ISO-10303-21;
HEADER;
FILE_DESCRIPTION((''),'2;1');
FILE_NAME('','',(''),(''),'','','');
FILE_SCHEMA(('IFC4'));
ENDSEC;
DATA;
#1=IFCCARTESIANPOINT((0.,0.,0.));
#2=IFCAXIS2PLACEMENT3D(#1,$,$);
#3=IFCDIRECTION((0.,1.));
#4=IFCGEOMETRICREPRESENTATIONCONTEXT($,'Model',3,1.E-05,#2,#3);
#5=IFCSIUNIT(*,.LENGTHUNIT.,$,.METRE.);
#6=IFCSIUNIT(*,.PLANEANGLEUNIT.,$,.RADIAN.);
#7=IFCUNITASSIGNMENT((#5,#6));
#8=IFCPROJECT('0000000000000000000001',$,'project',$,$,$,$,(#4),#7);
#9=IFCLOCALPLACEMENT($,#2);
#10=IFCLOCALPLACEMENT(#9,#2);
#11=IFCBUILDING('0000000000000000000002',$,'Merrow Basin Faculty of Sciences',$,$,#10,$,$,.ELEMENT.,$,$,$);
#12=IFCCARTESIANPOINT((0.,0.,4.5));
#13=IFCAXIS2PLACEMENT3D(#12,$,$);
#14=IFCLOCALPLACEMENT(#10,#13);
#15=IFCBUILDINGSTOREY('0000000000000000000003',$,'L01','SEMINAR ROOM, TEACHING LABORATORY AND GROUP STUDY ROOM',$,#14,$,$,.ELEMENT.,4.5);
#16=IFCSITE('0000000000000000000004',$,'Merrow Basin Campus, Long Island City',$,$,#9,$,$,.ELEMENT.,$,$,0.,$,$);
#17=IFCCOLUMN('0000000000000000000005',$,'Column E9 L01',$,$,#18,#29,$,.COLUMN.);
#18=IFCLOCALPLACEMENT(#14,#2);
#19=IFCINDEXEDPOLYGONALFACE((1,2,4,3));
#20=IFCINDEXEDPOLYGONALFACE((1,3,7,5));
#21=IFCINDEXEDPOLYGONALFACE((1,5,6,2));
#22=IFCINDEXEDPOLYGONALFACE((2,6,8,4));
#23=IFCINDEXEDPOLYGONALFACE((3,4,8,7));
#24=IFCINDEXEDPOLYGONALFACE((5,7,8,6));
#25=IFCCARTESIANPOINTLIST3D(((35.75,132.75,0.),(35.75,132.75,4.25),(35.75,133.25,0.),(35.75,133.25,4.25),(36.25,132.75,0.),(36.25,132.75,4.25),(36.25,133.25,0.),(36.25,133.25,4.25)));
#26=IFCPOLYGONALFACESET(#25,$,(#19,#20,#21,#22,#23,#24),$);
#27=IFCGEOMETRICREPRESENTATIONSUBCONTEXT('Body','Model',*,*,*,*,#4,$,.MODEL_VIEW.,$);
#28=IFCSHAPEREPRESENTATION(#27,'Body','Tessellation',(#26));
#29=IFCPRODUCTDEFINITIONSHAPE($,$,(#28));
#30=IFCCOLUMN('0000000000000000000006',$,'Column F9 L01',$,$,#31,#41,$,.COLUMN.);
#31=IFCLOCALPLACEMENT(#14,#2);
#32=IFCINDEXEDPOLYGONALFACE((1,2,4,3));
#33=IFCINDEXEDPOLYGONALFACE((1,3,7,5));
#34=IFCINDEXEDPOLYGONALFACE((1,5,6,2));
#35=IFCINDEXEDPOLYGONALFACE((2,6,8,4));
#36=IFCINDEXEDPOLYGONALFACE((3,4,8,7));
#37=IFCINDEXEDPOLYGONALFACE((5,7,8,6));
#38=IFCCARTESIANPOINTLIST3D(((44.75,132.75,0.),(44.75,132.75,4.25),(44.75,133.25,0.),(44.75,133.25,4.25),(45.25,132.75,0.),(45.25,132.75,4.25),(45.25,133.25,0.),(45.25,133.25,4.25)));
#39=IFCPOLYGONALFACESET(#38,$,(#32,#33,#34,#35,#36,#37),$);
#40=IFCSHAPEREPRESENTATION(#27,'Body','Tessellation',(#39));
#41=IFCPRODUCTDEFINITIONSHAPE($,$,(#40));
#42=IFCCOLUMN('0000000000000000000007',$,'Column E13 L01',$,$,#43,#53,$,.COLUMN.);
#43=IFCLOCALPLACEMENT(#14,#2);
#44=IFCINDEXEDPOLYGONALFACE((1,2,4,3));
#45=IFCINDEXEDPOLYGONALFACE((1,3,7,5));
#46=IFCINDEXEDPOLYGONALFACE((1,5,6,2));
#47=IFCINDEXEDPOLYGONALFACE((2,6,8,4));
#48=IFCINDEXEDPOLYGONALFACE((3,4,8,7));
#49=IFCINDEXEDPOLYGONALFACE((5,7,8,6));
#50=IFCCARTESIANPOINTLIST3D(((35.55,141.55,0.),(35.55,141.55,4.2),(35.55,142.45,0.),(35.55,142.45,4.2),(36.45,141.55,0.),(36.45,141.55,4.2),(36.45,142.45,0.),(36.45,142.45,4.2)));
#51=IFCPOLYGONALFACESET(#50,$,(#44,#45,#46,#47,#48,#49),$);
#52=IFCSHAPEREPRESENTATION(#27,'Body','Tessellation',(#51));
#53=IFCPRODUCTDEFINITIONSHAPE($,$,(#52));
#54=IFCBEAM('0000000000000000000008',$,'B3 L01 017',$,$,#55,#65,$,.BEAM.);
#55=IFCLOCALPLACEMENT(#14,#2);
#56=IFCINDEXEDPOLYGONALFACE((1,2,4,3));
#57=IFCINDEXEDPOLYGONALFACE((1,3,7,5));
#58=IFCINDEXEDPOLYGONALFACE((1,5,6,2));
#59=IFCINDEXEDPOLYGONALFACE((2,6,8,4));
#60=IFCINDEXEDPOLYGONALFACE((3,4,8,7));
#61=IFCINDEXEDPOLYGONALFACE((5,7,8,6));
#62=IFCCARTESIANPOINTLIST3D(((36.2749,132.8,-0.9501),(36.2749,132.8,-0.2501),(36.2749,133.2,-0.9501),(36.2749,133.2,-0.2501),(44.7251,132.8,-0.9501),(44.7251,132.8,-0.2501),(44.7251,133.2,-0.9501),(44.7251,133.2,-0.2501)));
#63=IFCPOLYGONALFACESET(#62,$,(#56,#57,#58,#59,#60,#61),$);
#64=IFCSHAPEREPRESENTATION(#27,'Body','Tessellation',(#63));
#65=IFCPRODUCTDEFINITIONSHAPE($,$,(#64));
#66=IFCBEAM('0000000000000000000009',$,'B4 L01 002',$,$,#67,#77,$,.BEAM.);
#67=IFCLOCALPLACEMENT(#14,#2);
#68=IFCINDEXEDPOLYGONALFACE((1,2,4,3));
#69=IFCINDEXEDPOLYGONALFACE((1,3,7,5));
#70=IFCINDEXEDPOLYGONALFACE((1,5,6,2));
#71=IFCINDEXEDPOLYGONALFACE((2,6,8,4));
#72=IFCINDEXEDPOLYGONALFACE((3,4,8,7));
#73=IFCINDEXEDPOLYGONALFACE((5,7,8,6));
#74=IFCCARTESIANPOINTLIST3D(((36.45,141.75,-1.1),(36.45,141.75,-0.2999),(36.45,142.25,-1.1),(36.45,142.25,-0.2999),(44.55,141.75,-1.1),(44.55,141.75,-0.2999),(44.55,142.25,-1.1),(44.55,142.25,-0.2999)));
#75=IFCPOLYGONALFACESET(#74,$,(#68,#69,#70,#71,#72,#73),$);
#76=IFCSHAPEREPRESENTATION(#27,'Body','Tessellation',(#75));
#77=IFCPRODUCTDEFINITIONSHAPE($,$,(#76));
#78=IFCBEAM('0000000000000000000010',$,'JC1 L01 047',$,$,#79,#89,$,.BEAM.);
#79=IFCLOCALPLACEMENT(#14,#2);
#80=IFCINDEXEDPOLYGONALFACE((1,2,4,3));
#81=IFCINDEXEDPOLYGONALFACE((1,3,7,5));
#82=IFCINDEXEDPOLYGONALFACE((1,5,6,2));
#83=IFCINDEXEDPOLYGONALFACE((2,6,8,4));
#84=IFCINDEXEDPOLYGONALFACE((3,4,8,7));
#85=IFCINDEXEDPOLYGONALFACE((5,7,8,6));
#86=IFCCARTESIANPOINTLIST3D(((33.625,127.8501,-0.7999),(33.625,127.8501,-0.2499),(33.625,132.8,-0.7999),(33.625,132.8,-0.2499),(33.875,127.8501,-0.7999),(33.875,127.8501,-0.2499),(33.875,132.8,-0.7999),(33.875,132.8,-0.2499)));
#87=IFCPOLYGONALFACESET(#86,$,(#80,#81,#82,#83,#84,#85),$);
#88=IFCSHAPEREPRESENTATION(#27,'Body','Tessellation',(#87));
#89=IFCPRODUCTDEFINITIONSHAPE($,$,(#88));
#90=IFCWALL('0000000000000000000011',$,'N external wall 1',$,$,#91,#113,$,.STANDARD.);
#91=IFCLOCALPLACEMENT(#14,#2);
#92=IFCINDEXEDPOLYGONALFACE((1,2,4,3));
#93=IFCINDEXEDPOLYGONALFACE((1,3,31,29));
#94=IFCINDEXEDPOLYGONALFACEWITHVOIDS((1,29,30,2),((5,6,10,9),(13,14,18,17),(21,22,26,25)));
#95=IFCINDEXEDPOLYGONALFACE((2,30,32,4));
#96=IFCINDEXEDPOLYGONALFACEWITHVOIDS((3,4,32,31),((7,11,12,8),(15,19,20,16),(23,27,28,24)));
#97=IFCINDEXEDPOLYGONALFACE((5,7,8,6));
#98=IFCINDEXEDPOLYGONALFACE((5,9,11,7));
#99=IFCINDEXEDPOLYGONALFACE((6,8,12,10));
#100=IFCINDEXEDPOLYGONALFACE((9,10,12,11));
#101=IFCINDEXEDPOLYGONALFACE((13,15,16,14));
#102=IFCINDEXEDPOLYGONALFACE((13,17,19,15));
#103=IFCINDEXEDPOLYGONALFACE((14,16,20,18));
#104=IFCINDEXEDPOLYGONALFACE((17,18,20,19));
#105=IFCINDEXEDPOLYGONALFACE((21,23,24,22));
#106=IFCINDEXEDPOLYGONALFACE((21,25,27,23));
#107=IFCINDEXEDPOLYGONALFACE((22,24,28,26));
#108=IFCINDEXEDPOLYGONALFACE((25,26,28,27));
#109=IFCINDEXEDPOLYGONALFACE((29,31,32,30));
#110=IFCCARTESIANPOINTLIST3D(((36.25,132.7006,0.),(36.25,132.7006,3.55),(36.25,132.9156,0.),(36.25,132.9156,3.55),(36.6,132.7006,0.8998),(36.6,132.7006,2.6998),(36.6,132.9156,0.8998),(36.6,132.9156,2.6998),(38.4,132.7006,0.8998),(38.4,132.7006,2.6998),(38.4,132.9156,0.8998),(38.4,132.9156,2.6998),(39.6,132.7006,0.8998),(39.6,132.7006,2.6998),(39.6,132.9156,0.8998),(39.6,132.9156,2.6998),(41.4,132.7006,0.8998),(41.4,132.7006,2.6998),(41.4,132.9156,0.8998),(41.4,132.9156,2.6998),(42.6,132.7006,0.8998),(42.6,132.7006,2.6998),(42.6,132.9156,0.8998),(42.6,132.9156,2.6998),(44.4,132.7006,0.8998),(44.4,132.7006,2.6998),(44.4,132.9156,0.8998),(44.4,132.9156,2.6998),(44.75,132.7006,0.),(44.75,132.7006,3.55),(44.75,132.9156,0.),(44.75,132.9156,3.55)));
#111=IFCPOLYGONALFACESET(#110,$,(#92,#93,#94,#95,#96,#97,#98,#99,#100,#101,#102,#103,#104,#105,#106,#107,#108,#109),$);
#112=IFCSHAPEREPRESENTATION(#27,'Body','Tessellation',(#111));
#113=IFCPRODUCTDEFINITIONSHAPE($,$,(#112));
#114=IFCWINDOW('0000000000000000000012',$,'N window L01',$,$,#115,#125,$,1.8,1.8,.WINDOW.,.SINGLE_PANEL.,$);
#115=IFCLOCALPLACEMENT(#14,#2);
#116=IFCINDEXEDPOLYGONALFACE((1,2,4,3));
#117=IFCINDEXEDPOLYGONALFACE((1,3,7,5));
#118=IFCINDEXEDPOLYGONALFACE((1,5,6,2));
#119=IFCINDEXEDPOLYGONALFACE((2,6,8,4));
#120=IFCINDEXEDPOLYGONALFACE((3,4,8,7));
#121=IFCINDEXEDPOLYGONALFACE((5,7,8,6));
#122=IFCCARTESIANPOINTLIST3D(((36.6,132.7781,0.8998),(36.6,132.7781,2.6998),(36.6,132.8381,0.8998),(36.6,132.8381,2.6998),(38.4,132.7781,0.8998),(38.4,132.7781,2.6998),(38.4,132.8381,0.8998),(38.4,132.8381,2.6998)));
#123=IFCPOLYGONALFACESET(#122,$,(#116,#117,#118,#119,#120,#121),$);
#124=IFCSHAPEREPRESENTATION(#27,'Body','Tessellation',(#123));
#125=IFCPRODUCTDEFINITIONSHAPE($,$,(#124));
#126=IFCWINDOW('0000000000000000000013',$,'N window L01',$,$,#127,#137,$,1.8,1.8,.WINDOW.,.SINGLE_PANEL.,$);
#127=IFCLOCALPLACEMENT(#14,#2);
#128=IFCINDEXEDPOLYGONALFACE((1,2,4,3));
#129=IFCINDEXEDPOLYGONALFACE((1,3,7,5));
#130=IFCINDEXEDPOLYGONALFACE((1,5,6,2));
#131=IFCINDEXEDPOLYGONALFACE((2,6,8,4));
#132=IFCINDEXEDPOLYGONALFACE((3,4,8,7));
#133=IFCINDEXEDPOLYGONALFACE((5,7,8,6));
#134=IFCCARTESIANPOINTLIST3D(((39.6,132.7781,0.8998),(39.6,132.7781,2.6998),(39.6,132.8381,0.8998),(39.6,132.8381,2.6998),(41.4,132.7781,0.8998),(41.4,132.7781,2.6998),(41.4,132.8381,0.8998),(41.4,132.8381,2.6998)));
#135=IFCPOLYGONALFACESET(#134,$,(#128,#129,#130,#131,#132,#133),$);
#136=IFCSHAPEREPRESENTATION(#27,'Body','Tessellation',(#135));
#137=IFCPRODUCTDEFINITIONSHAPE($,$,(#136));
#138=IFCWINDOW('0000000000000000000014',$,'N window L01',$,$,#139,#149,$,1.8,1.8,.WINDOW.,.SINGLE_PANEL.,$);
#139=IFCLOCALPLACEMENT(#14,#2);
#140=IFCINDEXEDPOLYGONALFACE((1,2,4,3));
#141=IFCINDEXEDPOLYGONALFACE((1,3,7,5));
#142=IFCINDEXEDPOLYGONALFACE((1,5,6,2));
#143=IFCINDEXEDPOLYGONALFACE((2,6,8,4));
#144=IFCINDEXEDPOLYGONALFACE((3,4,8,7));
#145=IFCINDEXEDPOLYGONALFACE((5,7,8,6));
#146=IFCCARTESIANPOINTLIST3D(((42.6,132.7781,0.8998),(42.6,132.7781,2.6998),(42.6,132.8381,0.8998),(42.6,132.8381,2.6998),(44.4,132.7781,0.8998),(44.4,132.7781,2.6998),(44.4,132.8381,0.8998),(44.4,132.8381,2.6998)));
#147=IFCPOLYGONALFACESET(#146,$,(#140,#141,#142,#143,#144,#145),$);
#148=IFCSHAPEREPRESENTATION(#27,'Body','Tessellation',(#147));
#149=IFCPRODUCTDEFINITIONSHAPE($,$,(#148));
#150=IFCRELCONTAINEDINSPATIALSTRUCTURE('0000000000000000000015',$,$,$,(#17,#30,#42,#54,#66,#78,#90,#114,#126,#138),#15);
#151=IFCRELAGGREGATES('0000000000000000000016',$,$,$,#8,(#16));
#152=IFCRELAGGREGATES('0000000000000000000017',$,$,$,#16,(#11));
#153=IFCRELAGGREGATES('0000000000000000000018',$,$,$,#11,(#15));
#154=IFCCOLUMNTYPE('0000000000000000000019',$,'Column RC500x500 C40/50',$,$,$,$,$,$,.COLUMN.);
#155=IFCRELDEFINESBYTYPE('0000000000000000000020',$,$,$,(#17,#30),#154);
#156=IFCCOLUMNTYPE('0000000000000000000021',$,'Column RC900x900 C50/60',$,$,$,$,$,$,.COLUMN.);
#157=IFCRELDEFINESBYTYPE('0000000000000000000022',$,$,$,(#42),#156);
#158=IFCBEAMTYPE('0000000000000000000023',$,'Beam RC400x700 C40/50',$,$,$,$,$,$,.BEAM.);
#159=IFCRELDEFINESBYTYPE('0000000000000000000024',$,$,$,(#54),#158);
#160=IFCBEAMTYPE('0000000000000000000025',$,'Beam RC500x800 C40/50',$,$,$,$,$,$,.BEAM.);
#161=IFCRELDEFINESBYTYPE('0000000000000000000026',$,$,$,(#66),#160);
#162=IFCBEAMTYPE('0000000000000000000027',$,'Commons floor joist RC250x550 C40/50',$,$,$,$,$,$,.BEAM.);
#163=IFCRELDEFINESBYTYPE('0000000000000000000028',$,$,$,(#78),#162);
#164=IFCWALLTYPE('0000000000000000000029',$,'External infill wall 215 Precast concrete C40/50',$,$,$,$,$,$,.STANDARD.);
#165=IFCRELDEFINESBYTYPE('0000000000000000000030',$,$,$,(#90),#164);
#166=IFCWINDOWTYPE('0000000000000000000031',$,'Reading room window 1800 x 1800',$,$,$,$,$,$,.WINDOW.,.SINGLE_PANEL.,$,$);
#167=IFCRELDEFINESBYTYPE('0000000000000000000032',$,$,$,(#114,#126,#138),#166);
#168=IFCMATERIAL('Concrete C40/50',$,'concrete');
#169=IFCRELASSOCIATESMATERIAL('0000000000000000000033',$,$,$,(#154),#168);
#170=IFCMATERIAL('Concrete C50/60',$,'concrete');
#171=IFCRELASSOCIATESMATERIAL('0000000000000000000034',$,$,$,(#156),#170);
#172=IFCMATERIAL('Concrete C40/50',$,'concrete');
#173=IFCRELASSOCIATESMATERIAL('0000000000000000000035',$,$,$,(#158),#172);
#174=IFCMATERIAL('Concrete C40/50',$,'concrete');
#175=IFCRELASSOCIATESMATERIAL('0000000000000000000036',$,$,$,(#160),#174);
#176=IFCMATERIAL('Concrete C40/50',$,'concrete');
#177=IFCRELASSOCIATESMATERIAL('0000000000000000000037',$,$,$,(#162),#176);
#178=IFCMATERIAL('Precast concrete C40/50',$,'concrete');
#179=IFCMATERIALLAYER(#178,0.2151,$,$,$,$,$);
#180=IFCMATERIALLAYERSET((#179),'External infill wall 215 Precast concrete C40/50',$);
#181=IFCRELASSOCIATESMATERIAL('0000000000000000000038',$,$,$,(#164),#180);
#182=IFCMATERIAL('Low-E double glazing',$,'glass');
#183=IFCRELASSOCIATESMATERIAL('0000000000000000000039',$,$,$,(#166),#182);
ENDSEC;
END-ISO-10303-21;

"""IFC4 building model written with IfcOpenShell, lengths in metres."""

from ifc_helpers import new_model, si_unit, direction, frame, frame_2d, origin, origin_2d, place, context, subcontext, project, spatial, rectangle, extrude, material, layer, layer_set, material_profile, profile_set, type_object, element, fill, save


model = new_model("IFC4")

# Units and contexts
model_context = context("Model", 3, precision=1e-05, world=origin(), true_north=direction((0.0, 1.0)))
body_context = subcontext(model_context, "Body", "Model", "MODEL_VIEW")
ifc_project = project(units=[si_unit("LENGTHUNIT", "METRE"), si_unit("PLANEANGLEUNIT", "RADIAN")], contexts=[model_context])

# Site, building, storey
site_placement = place(None, origin())
site = spatial("IfcSite", under=ifc_project, at=site_placement, Name="Merrow Basin Campus, Long Island City", CompositionType="ELEMENT", RefElevation=0.0)
building_placement = place(site_placement, origin())
building = spatial("IfcBuilding", under=site, at=building_placement, Name="Merrow Basin Faculty of Sciences", CompositionType="ELEMENT")
storey_placement = place(building_placement, frame((0.0, 0.0, 4.5)))
storey = spatial("IfcBuildingStorey", under=building, at=storey_placement, Name="L01", Description="SEMINAR ROOM, TEACHING LABORATORY AND GROUP STUDY ROOM", CompositionType="ELEMENT", Elevation=4.5)

# Columns
ifc_material_1 = material(Name="Concrete C40/50", Category="concrete")
ifc_material_profile_1 = material_profile(ifc_material_1, rectangle(XDim=0.5, YDim=0.5, at=origin_2d()))
ifc_profile_set_1 = profile_set([ifc_material_profile_1], Name="Concrete C40/50")
column_type_1 = type_object("IfcColumnType", Name="Column RC500x500 C40/50", PredefinedType="COLUMN", material=ifc_profile_set_1)
for number, where, z_axis, x_axis, name in (
    (1, (36.0, 133.0, 0.0), (0.0, 0.0, 1.0), (1.0, 0.0, 0.0), "Column E9 L01"),
    (2, (45.0, 133.0, 0.0), (0.0, 0.0, 1.0), (1.0, 0.0, 0.0), "Column F9 L01"),
):
    element("IfcColumn", number, at=place(storey_placement, frame(where, z_axis=z_axis, x_axis=x_axis)), inside=storey, type_object=column_type_1, Name=name, PredefinedType="COLUMN", context=body_context, shape_type="SweptSolid", body=[
        extrude(rectangle(XDim=0.5, YDim=0.5, at=origin_2d()), origin(), (0.0, 0.0, 1.0), 4.25),
    ])
ifc_material_2 = material(Name="Concrete C50/60", Category="concrete")
ifc_material_profile_2 = material_profile(ifc_material_2, rectangle(XDim=0.8999, YDim=0.8999, at=origin_2d()))
ifc_profile_set_2 = profile_set([ifc_material_profile_2], Name="Concrete C50/60")
column_type_2 = type_object("IfcColumnType", Name="Column RC900x900 C50/60", PredefinedType="COLUMN", material=ifc_profile_set_2)
column_placement = place(storey_placement, frame((36.0, 142.0, 0.0), z_axis=(0.0, 0.0, 1.0), x_axis=(1.0, 0.0, 0.0)))
element("IfcColumn", 3, at=column_placement, inside=storey, type_object=column_type_2, Name="Column E13 L01", PredefinedType="COLUMN", context=body_context, shape_type="SweptSolid", body=[
    extrude(rectangle(XDim=0.8999, YDim=0.8999, at=origin_2d()), origin(), (0.0, 0.0, 1.0), 4.2),
])

# Beams
ifc_material_3 = material(Name="Concrete C40/50", Category="concrete")
ifc_material_profile_3 = material_profile(ifc_material_3, rectangle(XDim=0.3999, YDim=0.7, at=origin_2d()))
ifc_profile_set_3 = profile_set([ifc_material_profile_3], Name="Concrete C40/50")
beam_type_1 = type_object("IfcBeamType", Name="Beam RC400x700 C40/50", PredefinedType="BEAM", material=ifc_profile_set_3)
beam_1_placement = place(storey_placement, frame((36.2749, 133.0, -0.6001), z_axis=(1.0, 0.0, 0.0), x_axis=(0.0, 1.0, 0.0)))
element("IfcBeam", 4, at=beam_1_placement, inside=storey, type_object=beam_type_1, Name="B3 L01 017", PredefinedType="BEAM", context=body_context, shape_type="SweptSolid", body=[
    extrude(rectangle(XDim=0.3999, YDim=0.7, at=origin_2d()), origin(), (0.0, 0.0, 1.0), 8.4502),
])
ifc_material_4 = material(Name="Concrete C40/50", Category="concrete")
ifc_material_profile_4 = material_profile(ifc_material_4, rectangle(XDim=0.5, YDim=0.8, at=origin_2d()))
ifc_profile_set_4 = profile_set([ifc_material_profile_4], Name="Concrete C40/50")
beam_type_2 = type_object("IfcBeamType", Name="Beam RC500x800 C40/50", PredefinedType="BEAM", material=ifc_profile_set_4)
beam_2_placement = place(storey_placement, frame((36.45, 142.0, -0.7), z_axis=(1.0, 0.0, 0.0), x_axis=(0.0, 1.0, 0.0)))
element("IfcBeam", 5, at=beam_2_placement, inside=storey, type_object=beam_type_2, Name="B4 L01 002", PredefinedType="BEAM", context=body_context, shape_type="SweptSolid", body=[
    extrude(rectangle(XDim=0.5, YDim=0.8, at=origin_2d()), origin(), (0.0, 0.0, 1.0), 8.1001),
])
ifc_material_5 = material(Name="Concrete C40/50", Category="concrete")
ifc_material_profile_5 = material_profile(ifc_material_5, rectangle(XDim=0.25, YDim=0.55, at=origin_2d()))
ifc_profile_set_5 = profile_set([ifc_material_profile_5], Name="Concrete C40/50")
beam_type_3 = type_object("IfcBeamType", Name="Commons floor joist RC250x550 C40/50", PredefinedType="BEAM", material=ifc_profile_set_5)
beam_3_placement = place(storey_placement, frame((33.75, 127.8501, -0.5249), z_axis=(0.0, 1.0, 0.0), x_axis=(-1.0, 0.0, 0.0)))
element("IfcBeam", 6, at=beam_3_placement, inside=storey, type_object=beam_type_3, Name="JC1 L01 047", PredefinedType="BEAM", context=body_context, shape_type="SweptSolid", body=[
    extrude(rectangle(XDim=0.25, YDim=0.55, at=origin_2d()), origin(), (0.0, 0.0, 1.0), 4.95),
])

# Wall, openings, windows
ifc_material_6 = material(Name="Precast concrete C40/50", Category="concrete")
ifc_layer_1 = layer(ifc_material_6, 0.2151)
ifc_layer_set_1 = layer_set([ifc_layer_1], Name="External infill wall 215 Precast concrete C40/50")
wall_type = type_object("IfcWallType", Name="External infill wall 215 Precast concrete C40/50", PredefinedType="STANDARD", material=ifc_layer_set_1)
wall_placement = place(storey_placement, frame((36.25, 132.8081, 0.0), z_axis=(0.0, 0.0, 1.0), x_axis=(1.0, 0.0, 0.0)))
wall = element("IfcWall", 7, at=wall_placement, inside=storey, type_object=wall_type, Name="N external wall 1", PredefinedType="STANDARD", context=body_context, shape_type="SweptSolid", body=[
    extrude(rectangle(XDim=8.5, YDim=0.2151, at=frame_2d((4.25, 0.0))), origin(), (0.0, 0.0, 1.0), 3.55),
])
opening_1_placement = place(wall_placement, frame((0.3501, 0.0, 0.8999)))
opening_1 = element("IfcOpeningElement", 8, at=opening_1_placement, cuts=wall, PredefinedType="OPENING", context=body_context, shape_type="SweptSolid", body=[
    extrude(rectangle(XDim=1.8, YDim=1.8, at=frame_2d((0.8999, 0.8999))), frame((0.0, 0.1174, 0.0), z_axis=(0.0, -1.0, 0.0), x_axis=(1.0, 0.0, 0.0)), (0.0, 0.0, 1.0), 0.2351),
])
opening_2_placement = place(wall_placement, frame((3.3501, 0.0, 0.8999)))
opening_2 = element("IfcOpeningElement", 9, at=opening_2_placement, cuts=wall, PredefinedType="OPENING", context=body_context, shape_type="SweptSolid", body=[
    extrude(rectangle(XDim=1.8, YDim=1.8, at=frame_2d((0.8999, 0.8999))), frame((0.0, 0.1174, 0.0), z_axis=(0.0, -1.0, 0.0), x_axis=(1.0, 0.0, 0.0)), (0.0, 0.0, 1.0), 0.2351),
])
opening_3_placement = place(wall_placement, frame((6.3501, 0.0, 0.8999)))
opening_3 = element("IfcOpeningElement", 10, at=opening_3_placement, cuts=wall, PredefinedType="OPENING", context=body_context, shape_type="SweptSolid", body=[
    extrude(rectangle(XDim=1.8, YDim=1.8, at=frame_2d((0.8999, 0.8999))), frame((0.0, 0.1174, 0.0), z_axis=(0.0, -1.0, 0.0), x_axis=(1.0, 0.0, 0.0)), (0.0, 0.0, 1.0), 0.2351),
])
ifc_material_7 = material(Name="Low-E double glazing", Category="glass")
window_type = type_object("IfcWindowType", Name="Reading room window 1800 x 1800", PartitioningType="SINGLE_PANEL", PredefinedType="WINDOW", material=ifc_material_7)
window_1_placement = place(opening_1_placement, origin())
window_1 = element("IfcWindow", 11, at=window_1_placement, inside=storey, type_object=window_type, Name="N window L01", OverallHeight=1.8, OverallWidth=1.8, PartitioningType="SINGLE_PANEL", PredefinedType="WINDOW", context=body_context, shape_type="SweptSolid", body=[
    extrude(rectangle(XDim=1.8, YDim=1.8, at=frame_2d((0.8999, 0.8999))), frame((0.0, 0.03, 0.0), z_axis=(0.0, -1.0, 0.0), x_axis=(1.0, 0.0, 0.0)), (0.0, 0.0, 1.0), 0.0601),
])
fill(opening_1, window_1)
window_2_placement = place(opening_2_placement, origin())
window_2 = element("IfcWindow", 12, at=window_2_placement, inside=storey, type_object=window_type, Name="N window L01", OverallHeight=1.8, OverallWidth=1.8, PartitioningType="SINGLE_PANEL", PredefinedType="WINDOW", context=body_context, shape_type="SweptSolid", body=[
    extrude(rectangle(XDim=1.8, YDim=1.8, at=frame_2d((0.8999, 0.8999))), frame((0.0, 0.03, 0.0), z_axis=(0.0, -1.0, 0.0), x_axis=(1.0, 0.0, 0.0)), (0.0, 0.0, 1.0), 0.0601),
])
fill(opening_2, window_2)
window_3_placement = place(opening_3_placement, origin())
window_3 = element("IfcWindow", 13, at=window_3_placement, inside=storey, type_object=window_type, Name="N window L01", OverallHeight=1.8, OverallWidth=1.8, PartitioningType="SINGLE_PANEL", PredefinedType="WINDOW", context=body_context, shape_type="SweptSolid", body=[
    extrude(rectangle(XDim=1.8, YDim=1.8, at=frame_2d((0.8999, 0.8999))), frame((0.0, 0.03, 0.0), z_axis=(0.0, -1.0, 0.0), x_axis=(1.0, 0.0, 0.0)), (0.0, 0.0, 1.0), 0.0601),
])
fill(opening_3, window_3)

save(model, "model.ifc")
